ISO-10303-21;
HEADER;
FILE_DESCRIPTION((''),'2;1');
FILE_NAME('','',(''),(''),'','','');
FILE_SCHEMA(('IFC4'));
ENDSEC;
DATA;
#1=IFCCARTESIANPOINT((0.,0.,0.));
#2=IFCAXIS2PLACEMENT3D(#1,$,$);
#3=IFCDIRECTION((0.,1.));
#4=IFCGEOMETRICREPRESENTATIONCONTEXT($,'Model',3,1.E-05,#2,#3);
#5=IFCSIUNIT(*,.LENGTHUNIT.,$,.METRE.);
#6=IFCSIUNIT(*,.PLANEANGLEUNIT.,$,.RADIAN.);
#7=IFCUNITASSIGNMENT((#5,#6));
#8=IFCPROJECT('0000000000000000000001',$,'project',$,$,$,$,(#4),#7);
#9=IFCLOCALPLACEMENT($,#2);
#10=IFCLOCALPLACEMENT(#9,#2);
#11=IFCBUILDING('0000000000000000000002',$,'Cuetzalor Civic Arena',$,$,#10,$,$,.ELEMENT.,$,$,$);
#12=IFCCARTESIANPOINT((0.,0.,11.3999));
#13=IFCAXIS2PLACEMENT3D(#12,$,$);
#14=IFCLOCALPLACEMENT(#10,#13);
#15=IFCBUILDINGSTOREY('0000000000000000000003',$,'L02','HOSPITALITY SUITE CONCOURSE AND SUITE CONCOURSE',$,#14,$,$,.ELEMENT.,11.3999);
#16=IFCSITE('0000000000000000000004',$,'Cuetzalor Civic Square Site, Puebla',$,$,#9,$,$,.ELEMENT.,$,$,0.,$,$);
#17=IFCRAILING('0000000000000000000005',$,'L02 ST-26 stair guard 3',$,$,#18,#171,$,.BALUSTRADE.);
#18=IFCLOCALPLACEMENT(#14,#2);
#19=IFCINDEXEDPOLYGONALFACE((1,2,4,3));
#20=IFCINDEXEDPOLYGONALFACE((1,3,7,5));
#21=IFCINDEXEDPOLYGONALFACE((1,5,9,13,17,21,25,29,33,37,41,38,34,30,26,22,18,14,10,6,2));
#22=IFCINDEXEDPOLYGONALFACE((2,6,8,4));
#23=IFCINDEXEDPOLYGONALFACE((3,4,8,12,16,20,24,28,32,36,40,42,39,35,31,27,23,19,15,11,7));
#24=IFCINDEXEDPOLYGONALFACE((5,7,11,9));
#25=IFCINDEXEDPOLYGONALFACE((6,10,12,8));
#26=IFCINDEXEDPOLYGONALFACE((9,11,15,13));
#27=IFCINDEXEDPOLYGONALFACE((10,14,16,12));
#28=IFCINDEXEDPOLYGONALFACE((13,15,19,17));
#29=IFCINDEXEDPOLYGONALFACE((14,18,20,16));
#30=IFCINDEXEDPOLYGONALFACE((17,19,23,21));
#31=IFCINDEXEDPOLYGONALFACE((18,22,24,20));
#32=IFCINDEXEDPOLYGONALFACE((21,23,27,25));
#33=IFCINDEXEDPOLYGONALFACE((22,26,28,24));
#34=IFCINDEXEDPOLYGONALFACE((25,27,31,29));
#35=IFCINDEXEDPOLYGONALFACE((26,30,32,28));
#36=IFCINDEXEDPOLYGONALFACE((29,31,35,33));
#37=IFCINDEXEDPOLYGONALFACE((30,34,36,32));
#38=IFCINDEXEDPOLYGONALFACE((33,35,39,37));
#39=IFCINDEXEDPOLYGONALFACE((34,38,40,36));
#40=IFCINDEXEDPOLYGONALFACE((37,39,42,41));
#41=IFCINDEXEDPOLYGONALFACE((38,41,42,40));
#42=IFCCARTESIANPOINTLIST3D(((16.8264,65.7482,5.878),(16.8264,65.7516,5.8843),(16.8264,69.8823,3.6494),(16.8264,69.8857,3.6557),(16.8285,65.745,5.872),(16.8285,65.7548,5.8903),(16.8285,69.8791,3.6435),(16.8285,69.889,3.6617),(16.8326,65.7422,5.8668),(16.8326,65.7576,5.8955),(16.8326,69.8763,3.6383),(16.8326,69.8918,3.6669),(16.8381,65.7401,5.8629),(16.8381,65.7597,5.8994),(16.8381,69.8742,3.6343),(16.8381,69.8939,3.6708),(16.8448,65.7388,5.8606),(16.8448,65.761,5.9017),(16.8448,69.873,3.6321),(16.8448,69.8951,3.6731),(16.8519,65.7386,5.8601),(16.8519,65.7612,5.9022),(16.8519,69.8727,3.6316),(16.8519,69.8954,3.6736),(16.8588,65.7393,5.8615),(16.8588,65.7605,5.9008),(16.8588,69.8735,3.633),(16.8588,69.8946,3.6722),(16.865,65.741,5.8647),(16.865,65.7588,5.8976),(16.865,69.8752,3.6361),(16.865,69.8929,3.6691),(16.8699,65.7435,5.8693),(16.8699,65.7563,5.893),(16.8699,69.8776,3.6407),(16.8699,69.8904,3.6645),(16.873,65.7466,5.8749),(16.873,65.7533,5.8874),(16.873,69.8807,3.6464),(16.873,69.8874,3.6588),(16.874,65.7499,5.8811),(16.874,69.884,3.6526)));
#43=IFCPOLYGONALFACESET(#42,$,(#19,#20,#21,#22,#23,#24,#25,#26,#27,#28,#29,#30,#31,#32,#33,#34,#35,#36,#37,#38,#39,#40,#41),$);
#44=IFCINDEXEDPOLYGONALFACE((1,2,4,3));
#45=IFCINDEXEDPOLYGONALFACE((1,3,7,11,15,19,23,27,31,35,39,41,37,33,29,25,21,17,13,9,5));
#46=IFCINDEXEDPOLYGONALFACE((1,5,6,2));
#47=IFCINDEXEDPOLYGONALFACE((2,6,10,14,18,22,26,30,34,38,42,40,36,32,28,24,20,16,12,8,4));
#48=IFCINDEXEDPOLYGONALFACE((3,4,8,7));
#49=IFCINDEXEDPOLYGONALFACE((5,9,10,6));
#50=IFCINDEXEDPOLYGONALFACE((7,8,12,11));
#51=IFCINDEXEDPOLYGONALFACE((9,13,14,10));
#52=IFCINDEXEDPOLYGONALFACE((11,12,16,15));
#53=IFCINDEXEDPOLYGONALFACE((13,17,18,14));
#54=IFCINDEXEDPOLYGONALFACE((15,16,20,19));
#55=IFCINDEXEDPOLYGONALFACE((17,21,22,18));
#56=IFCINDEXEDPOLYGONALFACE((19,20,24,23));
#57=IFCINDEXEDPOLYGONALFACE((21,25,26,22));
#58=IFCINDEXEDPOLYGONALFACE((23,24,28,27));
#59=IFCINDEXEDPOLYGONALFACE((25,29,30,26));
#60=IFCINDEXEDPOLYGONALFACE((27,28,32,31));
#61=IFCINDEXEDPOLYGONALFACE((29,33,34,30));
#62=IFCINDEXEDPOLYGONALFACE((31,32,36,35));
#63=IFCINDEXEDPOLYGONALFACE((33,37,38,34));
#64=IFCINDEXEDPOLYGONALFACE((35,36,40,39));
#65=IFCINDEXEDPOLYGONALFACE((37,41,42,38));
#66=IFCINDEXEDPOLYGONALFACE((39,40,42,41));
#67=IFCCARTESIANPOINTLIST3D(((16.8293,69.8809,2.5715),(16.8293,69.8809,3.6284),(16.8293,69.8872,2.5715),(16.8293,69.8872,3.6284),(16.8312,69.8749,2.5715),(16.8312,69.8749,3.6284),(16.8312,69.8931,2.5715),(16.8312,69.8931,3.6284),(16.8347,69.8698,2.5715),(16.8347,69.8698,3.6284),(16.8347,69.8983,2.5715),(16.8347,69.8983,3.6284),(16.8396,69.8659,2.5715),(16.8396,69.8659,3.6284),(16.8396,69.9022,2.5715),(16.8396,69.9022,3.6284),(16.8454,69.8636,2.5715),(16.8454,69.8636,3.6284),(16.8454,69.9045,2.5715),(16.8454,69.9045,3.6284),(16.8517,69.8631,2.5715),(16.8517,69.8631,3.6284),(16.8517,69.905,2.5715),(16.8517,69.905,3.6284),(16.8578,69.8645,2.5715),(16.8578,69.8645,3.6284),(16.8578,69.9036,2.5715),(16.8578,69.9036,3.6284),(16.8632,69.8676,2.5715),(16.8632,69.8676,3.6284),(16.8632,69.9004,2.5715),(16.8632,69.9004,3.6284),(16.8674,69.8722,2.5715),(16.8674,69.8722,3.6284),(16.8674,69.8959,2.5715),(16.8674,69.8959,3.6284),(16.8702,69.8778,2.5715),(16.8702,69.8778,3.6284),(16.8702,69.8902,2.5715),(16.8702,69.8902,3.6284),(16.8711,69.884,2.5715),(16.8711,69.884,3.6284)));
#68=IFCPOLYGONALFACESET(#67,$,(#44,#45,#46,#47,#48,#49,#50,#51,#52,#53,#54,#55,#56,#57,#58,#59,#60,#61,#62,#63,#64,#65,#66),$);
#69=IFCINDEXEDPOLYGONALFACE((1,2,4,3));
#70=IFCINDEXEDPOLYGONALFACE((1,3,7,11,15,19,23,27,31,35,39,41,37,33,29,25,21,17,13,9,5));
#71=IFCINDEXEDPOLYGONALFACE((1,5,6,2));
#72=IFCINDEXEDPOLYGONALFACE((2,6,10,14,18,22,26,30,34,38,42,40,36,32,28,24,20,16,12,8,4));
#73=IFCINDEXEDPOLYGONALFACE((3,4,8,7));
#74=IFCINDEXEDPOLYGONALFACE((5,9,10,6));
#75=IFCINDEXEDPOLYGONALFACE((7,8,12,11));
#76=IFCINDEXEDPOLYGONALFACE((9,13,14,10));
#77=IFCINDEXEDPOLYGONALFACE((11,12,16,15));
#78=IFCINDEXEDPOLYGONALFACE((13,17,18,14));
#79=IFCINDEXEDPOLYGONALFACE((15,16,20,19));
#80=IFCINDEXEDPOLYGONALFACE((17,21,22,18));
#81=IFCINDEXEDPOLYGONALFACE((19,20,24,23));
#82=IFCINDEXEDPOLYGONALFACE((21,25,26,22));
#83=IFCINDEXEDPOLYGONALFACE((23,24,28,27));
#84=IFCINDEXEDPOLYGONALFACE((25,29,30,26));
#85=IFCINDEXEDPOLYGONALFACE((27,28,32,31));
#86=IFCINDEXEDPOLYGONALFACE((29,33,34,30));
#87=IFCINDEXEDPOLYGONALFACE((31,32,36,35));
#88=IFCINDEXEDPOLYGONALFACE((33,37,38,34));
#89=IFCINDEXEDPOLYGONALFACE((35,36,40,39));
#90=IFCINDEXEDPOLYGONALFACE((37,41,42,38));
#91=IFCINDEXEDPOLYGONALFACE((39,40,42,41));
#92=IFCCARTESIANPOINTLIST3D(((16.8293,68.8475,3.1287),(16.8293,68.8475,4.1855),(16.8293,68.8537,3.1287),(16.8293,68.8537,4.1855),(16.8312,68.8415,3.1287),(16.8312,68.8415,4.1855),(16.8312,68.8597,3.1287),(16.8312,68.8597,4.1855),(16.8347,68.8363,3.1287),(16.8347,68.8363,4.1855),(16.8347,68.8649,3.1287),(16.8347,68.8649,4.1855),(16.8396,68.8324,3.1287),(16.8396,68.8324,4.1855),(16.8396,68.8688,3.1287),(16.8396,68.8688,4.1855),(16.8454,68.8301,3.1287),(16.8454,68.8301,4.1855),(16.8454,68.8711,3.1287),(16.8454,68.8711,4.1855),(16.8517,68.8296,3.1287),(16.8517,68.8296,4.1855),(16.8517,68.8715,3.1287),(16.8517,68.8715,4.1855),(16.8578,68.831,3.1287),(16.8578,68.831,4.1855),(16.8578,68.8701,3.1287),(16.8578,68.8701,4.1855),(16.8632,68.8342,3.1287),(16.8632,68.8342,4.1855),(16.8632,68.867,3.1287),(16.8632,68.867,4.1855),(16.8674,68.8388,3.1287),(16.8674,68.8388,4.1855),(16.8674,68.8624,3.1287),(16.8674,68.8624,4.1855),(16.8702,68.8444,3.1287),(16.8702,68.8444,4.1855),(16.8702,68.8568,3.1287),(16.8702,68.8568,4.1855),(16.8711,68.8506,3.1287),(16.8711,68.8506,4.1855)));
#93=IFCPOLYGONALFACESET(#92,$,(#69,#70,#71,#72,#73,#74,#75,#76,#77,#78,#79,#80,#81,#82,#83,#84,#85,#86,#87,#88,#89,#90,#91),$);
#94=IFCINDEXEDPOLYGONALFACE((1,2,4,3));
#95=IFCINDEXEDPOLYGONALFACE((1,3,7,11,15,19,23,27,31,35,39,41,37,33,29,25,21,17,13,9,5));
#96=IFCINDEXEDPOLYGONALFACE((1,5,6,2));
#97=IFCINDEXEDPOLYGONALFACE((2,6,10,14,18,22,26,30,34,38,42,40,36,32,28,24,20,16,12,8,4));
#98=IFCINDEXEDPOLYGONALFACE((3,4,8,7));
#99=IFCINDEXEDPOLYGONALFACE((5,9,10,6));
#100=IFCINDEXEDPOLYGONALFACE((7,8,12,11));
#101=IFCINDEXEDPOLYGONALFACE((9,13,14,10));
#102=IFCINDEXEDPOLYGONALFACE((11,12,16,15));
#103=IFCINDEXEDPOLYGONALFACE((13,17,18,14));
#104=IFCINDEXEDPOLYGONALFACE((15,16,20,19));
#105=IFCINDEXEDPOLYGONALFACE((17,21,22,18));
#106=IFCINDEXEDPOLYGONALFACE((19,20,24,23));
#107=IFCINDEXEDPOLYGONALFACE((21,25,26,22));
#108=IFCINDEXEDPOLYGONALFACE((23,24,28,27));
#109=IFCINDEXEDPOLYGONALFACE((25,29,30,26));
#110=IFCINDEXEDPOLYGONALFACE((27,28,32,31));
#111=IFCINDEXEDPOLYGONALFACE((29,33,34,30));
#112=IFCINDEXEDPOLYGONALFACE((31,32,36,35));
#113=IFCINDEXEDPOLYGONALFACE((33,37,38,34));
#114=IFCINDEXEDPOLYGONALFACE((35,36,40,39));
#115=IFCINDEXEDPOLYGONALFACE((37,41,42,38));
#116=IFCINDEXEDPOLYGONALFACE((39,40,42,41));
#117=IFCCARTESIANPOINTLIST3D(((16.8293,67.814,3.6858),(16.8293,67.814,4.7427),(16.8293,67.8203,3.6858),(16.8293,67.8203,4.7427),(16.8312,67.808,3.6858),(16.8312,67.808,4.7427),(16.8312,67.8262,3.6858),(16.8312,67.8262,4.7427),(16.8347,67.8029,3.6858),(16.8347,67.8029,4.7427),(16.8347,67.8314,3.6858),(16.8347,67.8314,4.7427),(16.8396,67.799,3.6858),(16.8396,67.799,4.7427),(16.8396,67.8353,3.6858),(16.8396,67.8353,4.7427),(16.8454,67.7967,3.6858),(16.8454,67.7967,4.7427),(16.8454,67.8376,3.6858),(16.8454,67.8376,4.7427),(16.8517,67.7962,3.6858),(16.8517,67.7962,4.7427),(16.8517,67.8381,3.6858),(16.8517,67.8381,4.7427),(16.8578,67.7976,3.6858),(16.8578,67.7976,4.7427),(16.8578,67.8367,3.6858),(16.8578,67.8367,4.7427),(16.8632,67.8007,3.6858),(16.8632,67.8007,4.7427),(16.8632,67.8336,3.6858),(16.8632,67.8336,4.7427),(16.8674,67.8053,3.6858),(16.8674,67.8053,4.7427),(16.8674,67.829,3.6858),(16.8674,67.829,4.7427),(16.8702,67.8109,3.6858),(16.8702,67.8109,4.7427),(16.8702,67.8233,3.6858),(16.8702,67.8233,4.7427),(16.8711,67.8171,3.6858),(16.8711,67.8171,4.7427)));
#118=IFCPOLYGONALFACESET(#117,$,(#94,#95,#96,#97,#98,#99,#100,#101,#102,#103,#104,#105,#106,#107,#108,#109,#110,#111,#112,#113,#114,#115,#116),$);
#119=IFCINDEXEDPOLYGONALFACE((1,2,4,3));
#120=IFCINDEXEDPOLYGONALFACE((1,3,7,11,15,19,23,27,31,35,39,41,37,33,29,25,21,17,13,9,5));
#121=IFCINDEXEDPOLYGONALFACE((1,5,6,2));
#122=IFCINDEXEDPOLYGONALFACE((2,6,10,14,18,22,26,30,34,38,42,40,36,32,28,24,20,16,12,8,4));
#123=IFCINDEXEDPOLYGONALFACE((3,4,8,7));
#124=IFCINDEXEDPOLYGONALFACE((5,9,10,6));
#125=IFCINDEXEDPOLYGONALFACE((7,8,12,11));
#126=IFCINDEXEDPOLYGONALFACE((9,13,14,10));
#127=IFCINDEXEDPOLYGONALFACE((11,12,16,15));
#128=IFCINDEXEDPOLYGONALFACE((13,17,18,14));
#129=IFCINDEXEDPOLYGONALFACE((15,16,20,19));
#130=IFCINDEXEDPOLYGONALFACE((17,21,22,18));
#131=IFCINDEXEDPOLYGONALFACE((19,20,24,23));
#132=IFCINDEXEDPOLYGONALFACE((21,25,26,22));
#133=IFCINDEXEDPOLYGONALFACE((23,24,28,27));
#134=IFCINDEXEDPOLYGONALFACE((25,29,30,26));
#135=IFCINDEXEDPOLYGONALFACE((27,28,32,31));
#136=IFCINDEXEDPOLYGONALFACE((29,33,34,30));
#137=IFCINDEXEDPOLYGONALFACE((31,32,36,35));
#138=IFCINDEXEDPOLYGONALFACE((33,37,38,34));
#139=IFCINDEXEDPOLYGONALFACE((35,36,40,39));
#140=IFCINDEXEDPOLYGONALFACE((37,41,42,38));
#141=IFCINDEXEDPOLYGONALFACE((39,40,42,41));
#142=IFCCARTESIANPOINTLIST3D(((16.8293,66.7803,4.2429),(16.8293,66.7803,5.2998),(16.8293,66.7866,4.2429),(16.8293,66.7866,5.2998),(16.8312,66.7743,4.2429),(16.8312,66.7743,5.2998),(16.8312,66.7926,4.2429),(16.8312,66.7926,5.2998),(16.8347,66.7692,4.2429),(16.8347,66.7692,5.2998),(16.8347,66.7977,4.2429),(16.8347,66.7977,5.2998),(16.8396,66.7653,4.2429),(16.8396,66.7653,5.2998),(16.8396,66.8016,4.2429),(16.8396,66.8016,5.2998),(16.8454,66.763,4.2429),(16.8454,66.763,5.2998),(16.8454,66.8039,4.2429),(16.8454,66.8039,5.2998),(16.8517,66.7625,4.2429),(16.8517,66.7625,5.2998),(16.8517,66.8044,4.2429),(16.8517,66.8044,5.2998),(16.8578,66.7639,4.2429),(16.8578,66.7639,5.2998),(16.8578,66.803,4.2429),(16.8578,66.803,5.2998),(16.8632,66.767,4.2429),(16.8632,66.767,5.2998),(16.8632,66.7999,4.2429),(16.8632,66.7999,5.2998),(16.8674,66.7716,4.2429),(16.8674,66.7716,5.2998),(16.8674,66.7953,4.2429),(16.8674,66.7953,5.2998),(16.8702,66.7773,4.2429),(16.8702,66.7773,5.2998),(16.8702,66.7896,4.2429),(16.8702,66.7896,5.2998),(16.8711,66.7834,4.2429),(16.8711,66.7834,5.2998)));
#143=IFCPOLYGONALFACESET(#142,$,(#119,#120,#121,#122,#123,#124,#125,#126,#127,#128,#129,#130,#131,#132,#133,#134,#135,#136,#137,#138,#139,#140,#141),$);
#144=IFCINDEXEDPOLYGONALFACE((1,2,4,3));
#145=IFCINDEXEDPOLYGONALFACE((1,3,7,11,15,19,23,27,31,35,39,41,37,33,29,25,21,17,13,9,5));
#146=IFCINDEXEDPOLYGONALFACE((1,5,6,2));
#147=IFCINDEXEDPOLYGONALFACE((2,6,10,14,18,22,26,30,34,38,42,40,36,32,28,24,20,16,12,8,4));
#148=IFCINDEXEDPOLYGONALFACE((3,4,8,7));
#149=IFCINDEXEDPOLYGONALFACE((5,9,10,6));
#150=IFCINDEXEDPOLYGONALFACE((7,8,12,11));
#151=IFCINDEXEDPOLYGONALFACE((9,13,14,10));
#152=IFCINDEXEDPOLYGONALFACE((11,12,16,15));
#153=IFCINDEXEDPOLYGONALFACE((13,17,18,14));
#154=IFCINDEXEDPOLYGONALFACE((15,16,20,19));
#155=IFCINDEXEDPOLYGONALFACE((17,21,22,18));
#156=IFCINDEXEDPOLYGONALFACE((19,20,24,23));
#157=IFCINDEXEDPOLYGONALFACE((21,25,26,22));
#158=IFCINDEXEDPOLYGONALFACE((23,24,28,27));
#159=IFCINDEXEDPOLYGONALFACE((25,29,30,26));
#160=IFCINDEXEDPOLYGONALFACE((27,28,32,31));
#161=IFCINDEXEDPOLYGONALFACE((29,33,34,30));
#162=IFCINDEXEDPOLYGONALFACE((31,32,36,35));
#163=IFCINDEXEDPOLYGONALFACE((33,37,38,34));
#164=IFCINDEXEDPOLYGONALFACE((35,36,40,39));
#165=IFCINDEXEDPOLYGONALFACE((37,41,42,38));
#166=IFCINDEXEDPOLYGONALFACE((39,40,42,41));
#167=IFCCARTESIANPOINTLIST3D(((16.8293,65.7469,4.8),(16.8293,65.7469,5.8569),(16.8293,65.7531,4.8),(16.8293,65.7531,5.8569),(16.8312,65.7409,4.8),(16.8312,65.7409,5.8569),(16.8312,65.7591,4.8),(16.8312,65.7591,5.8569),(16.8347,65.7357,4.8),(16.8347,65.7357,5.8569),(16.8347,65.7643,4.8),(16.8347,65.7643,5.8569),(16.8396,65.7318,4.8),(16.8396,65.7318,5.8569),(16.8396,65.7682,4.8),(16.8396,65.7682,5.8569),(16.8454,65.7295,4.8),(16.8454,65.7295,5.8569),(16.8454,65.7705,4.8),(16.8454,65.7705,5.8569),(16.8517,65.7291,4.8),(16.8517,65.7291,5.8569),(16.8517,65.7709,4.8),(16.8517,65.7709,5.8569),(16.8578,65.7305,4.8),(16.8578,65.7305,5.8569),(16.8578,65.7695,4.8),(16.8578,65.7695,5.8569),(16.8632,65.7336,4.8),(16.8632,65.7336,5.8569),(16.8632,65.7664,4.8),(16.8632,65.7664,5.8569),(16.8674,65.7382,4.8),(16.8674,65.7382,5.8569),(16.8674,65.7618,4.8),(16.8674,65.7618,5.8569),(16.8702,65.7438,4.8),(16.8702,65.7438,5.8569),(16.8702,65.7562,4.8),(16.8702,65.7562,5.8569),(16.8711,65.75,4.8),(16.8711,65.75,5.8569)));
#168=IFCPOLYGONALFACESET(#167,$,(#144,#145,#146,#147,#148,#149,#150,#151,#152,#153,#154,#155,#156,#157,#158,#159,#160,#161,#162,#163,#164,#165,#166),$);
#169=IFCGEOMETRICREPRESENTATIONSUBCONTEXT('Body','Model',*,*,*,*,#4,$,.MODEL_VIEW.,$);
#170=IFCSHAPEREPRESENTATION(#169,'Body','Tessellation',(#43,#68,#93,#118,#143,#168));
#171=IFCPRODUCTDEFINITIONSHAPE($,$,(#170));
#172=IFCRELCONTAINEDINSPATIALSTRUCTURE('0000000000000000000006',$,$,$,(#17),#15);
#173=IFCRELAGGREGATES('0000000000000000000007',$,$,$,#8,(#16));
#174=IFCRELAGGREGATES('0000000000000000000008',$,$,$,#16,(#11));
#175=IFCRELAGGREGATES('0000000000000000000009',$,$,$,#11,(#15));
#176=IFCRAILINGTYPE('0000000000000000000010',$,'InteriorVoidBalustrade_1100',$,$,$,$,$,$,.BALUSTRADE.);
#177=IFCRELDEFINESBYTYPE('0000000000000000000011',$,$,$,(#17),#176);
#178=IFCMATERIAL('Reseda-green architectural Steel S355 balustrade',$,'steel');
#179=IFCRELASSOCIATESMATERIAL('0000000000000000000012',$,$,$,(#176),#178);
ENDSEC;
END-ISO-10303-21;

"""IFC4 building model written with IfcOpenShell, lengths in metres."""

from ifc_helpers import new_model, si_unit, direction, frame, origin, origin_2d, place, context, subcontext, project, spatial, circle, extrude, material, type_object, element, save


model = new_model("IFC4")

# Units and contexts
model_context = context("Model", 3, precision=1e-05, world=origin(), true_north=direction((0.0, 1.0)))
body_context = subcontext(model_context, "Body", "Model", "MODEL_VIEW")
ifc_project = project(units=[si_unit("LENGTHUNIT", "METRE"), si_unit("PLANEANGLEUNIT", "RADIAN")], contexts=[model_context])

# Site, building, storey
site_placement = place(None, origin())
site = spatial("IfcSite", under=ifc_project, at=site_placement, Name="Cuetzalor Civic Square Site, Puebla", CompositionType="ELEMENT", RefElevation=0.0)
building_placement = place(site_placement, origin())
building = spatial("IfcBuilding", under=site, at=building_placement, Name="Cuetzalor Civic Arena", CompositionType="ELEMENT")
storey_placement = place(building_placement, frame((0.0, 0.0, 11.3999)))
storey = spatial("IfcBuildingStorey", under=building, at=storey_placement, Name="L02", Description="HOSPITALITY SUITE CONCOURSE AND SUITE CONCOURSE", CompositionType="ELEMENT", Elevation=11.3999)

# Railing
ifc_material_1 = material(Name="Reseda-green architectural Steel S355 balustrade", Category="steel")
railing_type_1 = type_object("IfcRailingType", Name="InteriorVoidBalustrade_1100", PredefinedType="BALUSTRADE", material=ifc_material_1)
railing_1_placement = place(storey_placement, frame((16.8501, 69.884, 2.5715)))
element("IfcRailing", 1, at=railing_1_placement, inside=storey, type_object=railing_type_1, Name="L02 ST-26 stair guard 3", PredefinedType="BALUSTRADE", context=body_context, shape_type="SweptSolid", body=[
    extrude(circle(Radius=0.0239, at=origin_2d()), frame((0.0, 0.0, 1.0811), z_axis=(0.0, -0.880249, 0.474512), x_axis=(1.0, 0.0, 0.0)), (0.0, 0.0, 1.0), 4.6965),
    extrude(circle(Radius=0.021, at=origin_2d()), origin(), (0.0, 0.0, 1.0), 1.0569),
    extrude(circle(Radius=0.021, at=origin_2d()), frame((0.0, -1.0334, 0.5571)), (0.0, 0.0, 1.0), 1.0569),
    extrude(circle(Radius=0.021, at=origin_2d()), frame((0.0, -2.0669, 1.1143)), (0.0, 0.0, 1.0), 1.0569),
    extrude(circle(Radius=0.021, at=origin_2d()), frame((0.0, -3.1006, 1.6714)), (0.0, 0.0, 1.0), 1.0569),
    extrude(circle(Radius=0.021, at=origin_2d()), frame((0.0, -4.134, 2.2285)), (0.0, 0.0, 1.0), 1.0569),
])

save(model, "model.ifc")
